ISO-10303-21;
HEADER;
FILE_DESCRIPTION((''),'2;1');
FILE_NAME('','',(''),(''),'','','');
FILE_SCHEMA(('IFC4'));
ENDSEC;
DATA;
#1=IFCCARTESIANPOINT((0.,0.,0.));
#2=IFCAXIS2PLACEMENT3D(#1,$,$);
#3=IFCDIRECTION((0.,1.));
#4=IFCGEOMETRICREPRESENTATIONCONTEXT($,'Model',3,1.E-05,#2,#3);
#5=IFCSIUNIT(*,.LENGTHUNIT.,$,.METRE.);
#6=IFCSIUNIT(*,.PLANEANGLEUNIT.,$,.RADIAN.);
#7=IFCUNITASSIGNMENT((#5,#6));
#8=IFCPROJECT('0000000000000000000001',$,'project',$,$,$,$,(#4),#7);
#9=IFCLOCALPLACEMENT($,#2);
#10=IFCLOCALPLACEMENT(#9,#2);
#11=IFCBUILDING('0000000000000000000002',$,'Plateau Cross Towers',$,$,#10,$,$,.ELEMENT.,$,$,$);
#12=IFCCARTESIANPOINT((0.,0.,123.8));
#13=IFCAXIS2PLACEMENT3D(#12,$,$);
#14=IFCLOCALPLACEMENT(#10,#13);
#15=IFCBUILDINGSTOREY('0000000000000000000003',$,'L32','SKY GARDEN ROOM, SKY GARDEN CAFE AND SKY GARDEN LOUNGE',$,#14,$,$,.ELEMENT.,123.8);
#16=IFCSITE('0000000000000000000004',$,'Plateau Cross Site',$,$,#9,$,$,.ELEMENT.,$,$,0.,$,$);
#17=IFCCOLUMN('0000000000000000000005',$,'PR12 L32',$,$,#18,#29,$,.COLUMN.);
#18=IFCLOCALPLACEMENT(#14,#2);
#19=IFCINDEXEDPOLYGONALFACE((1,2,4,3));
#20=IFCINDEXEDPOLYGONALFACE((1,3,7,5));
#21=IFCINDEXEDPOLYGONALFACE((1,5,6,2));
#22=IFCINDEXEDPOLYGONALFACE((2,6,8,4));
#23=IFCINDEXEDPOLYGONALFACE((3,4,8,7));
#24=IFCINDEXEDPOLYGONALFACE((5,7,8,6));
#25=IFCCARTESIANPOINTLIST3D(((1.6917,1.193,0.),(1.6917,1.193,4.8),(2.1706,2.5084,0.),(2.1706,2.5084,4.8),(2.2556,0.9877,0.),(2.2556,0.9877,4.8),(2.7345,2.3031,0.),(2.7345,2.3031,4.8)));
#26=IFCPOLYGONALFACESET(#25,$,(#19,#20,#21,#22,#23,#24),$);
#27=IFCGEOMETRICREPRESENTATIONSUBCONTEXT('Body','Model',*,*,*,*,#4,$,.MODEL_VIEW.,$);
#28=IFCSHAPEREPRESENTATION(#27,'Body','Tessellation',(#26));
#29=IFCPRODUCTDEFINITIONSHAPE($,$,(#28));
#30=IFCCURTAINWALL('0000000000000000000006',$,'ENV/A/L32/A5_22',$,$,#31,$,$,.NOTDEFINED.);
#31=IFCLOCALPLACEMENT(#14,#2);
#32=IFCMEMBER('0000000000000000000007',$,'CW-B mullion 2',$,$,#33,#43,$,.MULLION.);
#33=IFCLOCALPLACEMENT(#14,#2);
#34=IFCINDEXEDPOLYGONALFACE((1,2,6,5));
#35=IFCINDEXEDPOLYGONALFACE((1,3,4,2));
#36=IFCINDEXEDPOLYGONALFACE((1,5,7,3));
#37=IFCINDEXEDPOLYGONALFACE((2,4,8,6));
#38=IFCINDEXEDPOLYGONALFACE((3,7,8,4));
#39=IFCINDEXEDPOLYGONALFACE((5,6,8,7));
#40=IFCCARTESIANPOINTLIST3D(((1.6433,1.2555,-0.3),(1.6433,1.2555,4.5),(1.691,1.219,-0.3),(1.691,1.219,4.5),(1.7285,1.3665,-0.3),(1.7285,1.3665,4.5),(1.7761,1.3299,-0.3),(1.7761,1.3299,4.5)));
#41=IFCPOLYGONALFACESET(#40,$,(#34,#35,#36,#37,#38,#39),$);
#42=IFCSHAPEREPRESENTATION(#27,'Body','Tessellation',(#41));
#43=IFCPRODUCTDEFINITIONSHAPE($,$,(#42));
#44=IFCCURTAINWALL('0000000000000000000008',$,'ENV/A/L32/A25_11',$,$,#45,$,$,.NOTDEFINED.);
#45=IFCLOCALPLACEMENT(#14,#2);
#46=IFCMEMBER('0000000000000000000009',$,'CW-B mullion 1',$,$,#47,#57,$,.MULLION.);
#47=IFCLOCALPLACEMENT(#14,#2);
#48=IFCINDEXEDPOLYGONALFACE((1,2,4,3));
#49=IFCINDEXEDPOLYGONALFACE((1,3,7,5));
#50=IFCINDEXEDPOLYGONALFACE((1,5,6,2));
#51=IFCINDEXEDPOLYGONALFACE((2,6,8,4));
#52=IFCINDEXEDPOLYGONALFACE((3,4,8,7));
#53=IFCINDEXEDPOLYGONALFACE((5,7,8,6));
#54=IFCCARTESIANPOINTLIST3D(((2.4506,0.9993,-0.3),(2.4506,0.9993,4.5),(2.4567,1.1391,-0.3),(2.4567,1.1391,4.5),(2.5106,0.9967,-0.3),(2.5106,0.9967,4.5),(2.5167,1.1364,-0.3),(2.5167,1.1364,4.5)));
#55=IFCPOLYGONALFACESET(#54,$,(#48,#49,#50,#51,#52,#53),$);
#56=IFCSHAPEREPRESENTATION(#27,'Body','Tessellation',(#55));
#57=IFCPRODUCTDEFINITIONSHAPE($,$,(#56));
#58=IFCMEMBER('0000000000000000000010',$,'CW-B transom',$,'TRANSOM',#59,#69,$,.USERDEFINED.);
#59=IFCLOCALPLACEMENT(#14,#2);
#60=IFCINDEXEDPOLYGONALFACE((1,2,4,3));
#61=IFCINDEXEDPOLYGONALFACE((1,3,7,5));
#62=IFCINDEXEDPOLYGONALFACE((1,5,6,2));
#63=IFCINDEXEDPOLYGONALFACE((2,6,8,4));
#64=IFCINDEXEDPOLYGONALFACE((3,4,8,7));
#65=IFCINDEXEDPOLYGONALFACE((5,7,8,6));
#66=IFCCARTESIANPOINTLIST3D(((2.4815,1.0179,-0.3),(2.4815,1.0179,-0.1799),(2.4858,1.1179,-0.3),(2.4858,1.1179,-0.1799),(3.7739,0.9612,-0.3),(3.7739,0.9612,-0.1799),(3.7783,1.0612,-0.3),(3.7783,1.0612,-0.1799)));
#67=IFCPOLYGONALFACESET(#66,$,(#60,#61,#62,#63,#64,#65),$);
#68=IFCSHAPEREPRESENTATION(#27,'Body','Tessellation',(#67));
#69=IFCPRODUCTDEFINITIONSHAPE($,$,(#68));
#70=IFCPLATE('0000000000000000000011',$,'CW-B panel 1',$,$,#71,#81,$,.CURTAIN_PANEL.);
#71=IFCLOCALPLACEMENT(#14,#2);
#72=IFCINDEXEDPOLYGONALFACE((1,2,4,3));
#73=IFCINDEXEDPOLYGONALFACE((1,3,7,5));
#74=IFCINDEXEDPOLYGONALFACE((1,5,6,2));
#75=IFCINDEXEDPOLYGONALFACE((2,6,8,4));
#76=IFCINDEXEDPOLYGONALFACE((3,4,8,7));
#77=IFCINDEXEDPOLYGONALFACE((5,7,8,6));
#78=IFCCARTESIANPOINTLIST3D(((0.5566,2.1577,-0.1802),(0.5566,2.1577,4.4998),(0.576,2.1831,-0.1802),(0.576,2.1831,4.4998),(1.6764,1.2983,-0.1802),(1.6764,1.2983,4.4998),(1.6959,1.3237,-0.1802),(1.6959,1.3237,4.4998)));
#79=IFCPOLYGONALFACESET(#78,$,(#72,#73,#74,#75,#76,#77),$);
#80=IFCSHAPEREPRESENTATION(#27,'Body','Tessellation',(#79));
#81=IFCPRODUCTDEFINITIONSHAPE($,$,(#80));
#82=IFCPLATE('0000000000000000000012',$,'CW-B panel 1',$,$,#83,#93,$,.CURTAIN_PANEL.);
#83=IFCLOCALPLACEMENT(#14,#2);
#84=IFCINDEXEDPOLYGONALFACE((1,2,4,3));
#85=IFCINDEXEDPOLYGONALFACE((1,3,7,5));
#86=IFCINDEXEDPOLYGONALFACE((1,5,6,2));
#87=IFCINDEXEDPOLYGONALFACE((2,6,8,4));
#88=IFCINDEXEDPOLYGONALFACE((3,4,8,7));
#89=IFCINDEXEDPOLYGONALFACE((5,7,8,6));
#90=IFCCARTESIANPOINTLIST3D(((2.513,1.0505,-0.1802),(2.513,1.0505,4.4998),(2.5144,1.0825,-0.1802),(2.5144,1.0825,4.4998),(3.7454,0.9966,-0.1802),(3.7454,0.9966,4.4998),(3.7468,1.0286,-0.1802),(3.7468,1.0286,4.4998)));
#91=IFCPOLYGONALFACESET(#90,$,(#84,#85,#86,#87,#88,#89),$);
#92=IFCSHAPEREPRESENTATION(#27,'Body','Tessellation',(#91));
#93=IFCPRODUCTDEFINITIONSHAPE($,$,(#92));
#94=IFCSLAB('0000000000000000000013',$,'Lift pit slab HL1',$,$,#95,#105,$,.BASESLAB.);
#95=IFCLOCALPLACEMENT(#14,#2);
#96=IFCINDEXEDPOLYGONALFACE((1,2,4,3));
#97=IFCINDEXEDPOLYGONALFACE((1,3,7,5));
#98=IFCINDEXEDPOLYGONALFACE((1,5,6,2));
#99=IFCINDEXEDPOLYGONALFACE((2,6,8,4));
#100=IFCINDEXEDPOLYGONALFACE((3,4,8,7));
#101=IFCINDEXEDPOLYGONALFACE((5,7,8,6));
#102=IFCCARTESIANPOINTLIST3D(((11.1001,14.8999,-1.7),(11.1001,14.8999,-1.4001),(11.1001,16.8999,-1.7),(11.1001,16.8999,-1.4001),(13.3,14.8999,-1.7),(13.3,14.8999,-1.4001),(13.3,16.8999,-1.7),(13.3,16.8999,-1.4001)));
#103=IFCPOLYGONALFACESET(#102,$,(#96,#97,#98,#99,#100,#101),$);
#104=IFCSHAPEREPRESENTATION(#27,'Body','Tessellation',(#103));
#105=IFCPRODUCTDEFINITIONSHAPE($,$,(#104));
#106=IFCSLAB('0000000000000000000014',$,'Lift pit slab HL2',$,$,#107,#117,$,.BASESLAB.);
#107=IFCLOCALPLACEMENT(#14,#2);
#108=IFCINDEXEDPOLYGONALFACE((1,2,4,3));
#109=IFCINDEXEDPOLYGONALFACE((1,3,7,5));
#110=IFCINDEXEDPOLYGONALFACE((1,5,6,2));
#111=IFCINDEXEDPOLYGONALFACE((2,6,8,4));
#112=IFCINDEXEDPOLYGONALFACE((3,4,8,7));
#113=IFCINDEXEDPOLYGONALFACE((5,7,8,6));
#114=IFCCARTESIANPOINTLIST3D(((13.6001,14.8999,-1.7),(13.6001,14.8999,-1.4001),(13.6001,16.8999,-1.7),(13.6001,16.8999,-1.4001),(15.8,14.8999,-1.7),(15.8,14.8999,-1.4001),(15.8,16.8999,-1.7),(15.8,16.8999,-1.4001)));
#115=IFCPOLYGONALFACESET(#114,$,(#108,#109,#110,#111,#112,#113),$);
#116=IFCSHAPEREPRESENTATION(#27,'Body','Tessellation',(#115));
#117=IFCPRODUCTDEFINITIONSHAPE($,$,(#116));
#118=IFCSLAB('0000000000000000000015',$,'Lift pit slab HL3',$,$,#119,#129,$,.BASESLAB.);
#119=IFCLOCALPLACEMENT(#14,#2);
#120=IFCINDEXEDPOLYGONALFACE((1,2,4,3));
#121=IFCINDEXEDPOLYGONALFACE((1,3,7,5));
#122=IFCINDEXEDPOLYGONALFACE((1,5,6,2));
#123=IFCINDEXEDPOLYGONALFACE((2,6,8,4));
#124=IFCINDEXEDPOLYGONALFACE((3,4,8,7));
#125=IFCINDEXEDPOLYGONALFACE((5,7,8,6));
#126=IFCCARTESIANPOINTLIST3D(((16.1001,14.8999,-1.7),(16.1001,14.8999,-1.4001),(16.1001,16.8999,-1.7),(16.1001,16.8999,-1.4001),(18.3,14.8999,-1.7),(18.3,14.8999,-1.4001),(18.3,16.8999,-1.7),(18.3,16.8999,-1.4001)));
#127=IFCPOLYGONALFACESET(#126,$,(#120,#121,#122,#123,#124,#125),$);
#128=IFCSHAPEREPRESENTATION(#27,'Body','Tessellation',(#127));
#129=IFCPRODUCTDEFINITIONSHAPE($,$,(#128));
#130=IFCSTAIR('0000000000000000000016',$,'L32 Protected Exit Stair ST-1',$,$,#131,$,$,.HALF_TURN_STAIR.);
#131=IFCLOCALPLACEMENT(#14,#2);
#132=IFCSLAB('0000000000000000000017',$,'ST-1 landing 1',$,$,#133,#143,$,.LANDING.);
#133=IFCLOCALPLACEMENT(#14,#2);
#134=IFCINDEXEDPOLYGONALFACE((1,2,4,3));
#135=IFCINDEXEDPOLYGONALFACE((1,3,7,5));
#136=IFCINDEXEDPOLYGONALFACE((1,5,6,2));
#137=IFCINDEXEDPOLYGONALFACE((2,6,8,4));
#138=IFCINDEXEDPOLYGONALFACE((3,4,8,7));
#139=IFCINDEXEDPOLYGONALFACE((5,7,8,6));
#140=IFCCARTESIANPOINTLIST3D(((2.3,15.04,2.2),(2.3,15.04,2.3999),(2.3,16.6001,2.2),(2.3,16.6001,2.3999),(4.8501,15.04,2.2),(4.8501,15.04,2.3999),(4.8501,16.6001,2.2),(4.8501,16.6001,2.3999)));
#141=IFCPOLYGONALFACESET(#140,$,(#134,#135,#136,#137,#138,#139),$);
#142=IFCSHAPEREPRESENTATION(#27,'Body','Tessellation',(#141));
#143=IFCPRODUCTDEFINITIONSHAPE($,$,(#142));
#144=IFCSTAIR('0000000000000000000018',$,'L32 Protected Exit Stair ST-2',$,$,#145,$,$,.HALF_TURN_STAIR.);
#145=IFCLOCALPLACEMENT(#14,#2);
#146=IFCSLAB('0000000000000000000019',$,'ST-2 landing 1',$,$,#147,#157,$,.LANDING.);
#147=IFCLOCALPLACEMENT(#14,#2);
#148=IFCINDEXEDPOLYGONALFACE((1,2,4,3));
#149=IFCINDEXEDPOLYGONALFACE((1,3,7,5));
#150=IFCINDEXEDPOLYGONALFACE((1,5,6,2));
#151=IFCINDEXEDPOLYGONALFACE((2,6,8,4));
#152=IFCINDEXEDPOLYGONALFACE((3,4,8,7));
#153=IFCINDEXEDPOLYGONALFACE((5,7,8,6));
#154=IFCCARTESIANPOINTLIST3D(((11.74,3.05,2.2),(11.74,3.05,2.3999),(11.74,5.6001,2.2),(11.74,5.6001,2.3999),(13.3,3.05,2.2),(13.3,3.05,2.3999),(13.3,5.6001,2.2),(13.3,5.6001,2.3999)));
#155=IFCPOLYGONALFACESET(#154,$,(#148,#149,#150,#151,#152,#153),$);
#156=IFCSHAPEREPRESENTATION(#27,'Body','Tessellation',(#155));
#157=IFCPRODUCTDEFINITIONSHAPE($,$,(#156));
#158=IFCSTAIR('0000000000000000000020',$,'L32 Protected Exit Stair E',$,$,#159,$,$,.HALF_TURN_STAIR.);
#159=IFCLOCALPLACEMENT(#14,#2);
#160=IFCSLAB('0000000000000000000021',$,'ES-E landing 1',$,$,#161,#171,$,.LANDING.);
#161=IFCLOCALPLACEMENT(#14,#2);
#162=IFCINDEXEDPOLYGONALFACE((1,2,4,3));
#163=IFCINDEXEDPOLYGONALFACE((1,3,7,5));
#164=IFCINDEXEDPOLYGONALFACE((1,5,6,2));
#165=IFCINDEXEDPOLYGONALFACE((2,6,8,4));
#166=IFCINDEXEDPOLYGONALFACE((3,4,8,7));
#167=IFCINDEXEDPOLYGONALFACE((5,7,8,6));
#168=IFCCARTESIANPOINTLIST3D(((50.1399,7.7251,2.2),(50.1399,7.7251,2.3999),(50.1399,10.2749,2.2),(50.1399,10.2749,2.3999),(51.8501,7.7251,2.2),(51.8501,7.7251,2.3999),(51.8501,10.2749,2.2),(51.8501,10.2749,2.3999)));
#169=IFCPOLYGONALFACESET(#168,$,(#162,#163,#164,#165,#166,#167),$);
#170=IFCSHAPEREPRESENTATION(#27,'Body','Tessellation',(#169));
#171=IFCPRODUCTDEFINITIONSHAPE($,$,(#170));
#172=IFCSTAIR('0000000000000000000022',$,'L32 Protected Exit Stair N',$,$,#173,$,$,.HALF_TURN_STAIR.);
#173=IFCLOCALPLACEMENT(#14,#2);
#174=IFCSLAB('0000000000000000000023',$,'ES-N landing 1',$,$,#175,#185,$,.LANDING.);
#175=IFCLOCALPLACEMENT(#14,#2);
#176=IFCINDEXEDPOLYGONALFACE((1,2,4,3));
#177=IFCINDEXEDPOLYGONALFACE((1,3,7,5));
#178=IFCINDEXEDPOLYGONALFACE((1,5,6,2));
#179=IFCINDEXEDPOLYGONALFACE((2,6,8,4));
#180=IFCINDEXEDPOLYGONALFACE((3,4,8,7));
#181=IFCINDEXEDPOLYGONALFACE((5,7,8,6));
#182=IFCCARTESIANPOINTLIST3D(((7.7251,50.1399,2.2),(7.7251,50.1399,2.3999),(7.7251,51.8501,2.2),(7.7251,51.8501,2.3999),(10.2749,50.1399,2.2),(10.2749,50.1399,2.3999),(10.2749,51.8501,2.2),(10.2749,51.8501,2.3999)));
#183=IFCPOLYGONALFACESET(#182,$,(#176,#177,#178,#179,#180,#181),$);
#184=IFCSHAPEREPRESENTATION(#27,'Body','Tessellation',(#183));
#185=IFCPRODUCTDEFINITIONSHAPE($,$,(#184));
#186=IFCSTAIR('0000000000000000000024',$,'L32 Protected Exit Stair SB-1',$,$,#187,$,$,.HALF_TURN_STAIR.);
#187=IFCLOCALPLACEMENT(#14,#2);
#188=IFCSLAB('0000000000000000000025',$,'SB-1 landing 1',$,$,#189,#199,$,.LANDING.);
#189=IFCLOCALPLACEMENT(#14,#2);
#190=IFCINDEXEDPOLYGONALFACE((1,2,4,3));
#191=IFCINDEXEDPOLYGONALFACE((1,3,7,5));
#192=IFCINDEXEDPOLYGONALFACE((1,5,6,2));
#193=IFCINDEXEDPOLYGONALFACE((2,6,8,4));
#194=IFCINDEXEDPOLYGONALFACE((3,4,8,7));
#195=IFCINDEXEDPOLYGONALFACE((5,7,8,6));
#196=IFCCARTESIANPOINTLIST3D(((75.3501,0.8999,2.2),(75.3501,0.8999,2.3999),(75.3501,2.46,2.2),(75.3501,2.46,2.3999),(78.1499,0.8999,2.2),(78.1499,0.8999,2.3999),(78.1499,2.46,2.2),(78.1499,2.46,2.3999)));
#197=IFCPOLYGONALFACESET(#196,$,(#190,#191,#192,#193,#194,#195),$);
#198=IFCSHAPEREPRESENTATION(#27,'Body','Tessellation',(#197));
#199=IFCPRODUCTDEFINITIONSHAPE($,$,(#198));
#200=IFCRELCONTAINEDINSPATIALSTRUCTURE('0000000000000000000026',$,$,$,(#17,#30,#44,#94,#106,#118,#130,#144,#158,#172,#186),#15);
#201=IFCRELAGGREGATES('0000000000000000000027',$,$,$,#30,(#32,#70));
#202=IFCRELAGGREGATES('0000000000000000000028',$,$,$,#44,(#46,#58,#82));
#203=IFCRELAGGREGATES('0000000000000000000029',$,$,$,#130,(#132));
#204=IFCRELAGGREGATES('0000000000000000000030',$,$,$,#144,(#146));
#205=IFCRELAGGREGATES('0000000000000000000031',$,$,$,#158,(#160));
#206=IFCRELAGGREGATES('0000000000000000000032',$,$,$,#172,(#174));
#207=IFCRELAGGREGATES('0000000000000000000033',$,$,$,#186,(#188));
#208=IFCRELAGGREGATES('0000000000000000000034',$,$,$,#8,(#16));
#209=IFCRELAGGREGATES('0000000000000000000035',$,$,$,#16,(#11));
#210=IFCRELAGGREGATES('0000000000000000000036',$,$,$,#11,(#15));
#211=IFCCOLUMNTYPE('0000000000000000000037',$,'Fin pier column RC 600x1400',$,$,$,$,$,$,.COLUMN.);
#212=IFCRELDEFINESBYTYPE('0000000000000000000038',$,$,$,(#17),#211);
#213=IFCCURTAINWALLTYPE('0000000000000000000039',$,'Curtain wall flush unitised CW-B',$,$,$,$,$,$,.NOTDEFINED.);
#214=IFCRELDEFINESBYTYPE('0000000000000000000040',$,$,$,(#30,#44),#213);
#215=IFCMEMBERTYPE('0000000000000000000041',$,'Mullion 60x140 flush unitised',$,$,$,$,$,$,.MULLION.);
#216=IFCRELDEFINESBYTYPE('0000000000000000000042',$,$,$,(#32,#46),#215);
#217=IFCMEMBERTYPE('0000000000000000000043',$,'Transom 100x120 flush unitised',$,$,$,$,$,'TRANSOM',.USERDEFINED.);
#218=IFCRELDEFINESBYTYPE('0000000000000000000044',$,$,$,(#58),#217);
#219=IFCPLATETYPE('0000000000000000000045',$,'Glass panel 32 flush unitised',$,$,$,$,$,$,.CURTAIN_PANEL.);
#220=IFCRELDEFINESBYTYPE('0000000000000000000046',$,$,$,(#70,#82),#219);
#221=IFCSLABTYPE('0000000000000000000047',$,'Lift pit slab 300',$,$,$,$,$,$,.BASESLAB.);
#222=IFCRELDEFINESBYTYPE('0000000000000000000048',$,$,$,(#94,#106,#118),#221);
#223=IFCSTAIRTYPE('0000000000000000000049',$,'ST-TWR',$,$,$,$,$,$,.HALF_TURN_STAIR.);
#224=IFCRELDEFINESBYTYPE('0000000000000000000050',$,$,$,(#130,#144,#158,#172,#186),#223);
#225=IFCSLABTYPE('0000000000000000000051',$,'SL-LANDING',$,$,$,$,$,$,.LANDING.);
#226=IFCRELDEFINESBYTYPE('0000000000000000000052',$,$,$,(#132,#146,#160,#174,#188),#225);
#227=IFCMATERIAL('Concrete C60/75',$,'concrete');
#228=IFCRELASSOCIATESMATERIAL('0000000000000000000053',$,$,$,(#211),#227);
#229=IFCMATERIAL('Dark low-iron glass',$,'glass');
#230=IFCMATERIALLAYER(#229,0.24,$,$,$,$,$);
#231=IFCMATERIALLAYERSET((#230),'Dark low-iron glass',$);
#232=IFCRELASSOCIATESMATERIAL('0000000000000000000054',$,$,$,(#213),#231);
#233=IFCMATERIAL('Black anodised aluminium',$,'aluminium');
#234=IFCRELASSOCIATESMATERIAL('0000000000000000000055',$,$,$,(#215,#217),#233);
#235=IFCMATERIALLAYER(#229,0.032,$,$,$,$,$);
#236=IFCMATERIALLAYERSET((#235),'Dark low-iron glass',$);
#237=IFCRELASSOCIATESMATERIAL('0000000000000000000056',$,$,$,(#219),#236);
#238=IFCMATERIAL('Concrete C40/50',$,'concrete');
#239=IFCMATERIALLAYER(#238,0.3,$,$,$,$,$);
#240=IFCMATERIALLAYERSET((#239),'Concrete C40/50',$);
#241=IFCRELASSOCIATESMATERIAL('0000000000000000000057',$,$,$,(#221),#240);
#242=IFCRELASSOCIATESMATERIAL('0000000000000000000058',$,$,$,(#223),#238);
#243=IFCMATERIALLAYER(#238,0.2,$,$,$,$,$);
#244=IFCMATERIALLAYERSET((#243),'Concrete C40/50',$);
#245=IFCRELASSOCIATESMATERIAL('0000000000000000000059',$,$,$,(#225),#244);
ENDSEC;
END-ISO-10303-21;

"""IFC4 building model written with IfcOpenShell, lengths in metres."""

from ifc_helpers import new_model, si_unit, direction, frame, origin, origin_2d, place, context, subcontext, project, spatial, polyline, rectangle, outline, extrude, material, layer, layer_set, material_profile, profile_set, type_object, element, aggregate, save


model = new_model("IFC4")

# Units and contexts
model_context = context("Model", 3, precision=1e-05, world=origin(), true_north=direction((0.0, 1.0)))
body_context = subcontext(model_context, "Body", "Model", "MODEL_VIEW")
ifc_project = project(units=[si_unit("LENGTHUNIT", "METRE"), si_unit("PLANEANGLEUNIT", "RADIAN")], contexts=[model_context])

# Site, building, storey
site_placement = place(None, origin())
site = spatial("IfcSite", under=ifc_project, at=site_placement, Name="Plateau Cross Site", CompositionType="ELEMENT", RefElevation=0.0)
building_placement = place(site_placement, origin())
building = spatial("IfcBuilding", under=site, at=building_placement, Name="Plateau Cross Towers", CompositionType="ELEMENT")
storey_placement = place(building_placement, frame((0.0, 0.0, 123.8)))
storey = spatial("IfcBuildingStorey", under=building, at=storey_placement, Name="L32", Description="SKY GARDEN ROOM, SKY GARDEN CAFE AND SKY GARDEN LOUNGE", CompositionType="ELEMENT", Elevation=123.8)

# Column
ifc_material_1 = material(Name="Concrete C60/75", Category="concrete")
ifc_material_profile_1 = material_profile(ifc_material_1, rectangle(XDim=0.6001, YDim=1.3999, at=origin_2d()), Name="RC 600x1400")
ifc_profile_set_1 = profile_set([ifc_material_profile_1], Name="Concrete C60/75")
column_type = type_object("IfcColumnType", Name="Fin pier column RC 600x1400", PredefinedType="COLUMN", material=ifc_profile_set_1)
column_placement = place(storey_placement, frame((2.2131, 1.748, 0.0), z_axis=(0.0, 0.0, 1.0), x_axis=(-0.939664, 0.342098, 0.0)))
element("IfcColumn", 1, at=column_placement, inside=storey, type_object=column_type, Name="PR12 L32", PredefinedType="COLUMN", context=body_context, shape_type="SweptSolid", body=[
    extrude(rectangle(XDim=0.6001, YDim=1.3999, at=origin_2d()), origin(), (0.0, 0.0, 1.0), 4.8),
])

# Curtain wall, member
ifc_material_2 = material(Name="Dark low-iron glass", Category="glass")
ifc_layer_1 = layer(ifc_material_2, 0.24)
ifc_layer_set_1 = layer_set([ifc_layer_1], Name="Dark low-iron glass")
curtain_wall_type = type_object("IfcCurtainWallType", Name="Curtain wall flush unitised CW-B", PredefinedType="NOTDEFINED", material=ifc_layer_set_1)
curtain_wall_1_placement = place(storey_placement, origin())
curtain_wall_1 = element("IfcCurtainWall", 2, at=curtain_wall_1_placement, inside=storey, type_object=curtain_wall_type, Name="ENV/A/L32/A5_22", PredefinedType="NOTDEFINED")
ifc_material_3 = material(Name="Black anodised aluminium", Category="aluminium")
ifc_material_profile_2 = material_profile(ifc_material_3, rectangle(XDim=0.0601, YDim=0.1399, at=origin_2d()), Name="MULLION 60x140")
ifc_profile_set_2 = profile_set([ifc_material_profile_2], Name="Black anodised aluminium")
member_type_1 = type_object("IfcMemberType", Name="Mullion 60x140 flush unitised", PredefinedType="MULLION", material=ifc_profile_set_2)
member_1_placement = place(storey_placement, frame((1.7097, 1.2927, -0.3), z_axis=(0.0, 0.0, 1.0), x_axis=(0.793316, -0.608811, 0.0)))
member_1 = element("IfcMember", 3, at=member_1_placement, type_object=member_type_1, Name="CW-B mullion 2", PredefinedType="MULLION", context=body_context, shape_type="SweptSolid", body=[
    extrude(rectangle(XDim=0.0601, YDim=0.1399, at=origin_2d()), origin(), (0.0, 0.0, 1.0), 4.8),
])

# Curtain wall, members
curtain_wall_2_placement = place(storey_placement, origin())
curtain_wall_2 = element("IfcCurtainWall", 4, at=curtain_wall_2_placement, inside=storey, type_object=curtain_wall_type, Name="ENV/A/L32/A25_11", PredefinedType="NOTDEFINED")
member_2_placement = place(storey_placement, frame((2.4836, 1.0679, -0.3), z_axis=(0.0, 0.0, 1.0), x_axis=(0.999044, -0.043723, 0.0)))
member_2 = element("IfcMember", 5, at=member_2_placement, type_object=member_type_1, Name="CW-B mullion 1", PredefinedType="MULLION", context=body_context, shape_type="SweptSolid", body=[
    extrude(rectangle(XDim=0.0601, YDim=0.1399, at=origin_2d()), origin(), (0.0, 0.0, 1.0), 4.8),
])
ifc_material_profile_3 = material_profile(ifc_material_3, rectangle(XDim=0.1001, YDim=0.1201, at=origin_2d()), Name="TRANSOM 100x120")
ifc_profile_set_3 = profile_set([ifc_material_profile_3], Name="Black anodised aluminium")
member_type_2 = type_object("IfcMemberType", Name="Transom 100x120 flush unitised", ElementType="TRANSOM", PredefinedType="USERDEFINED", material=ifc_profile_set_3)
member_3_placement = place(storey_placement, frame((2.4836, 1.0679, -0.24), z_axis=(0.999041, -0.043781, 0.0), x_axis=(0.043781, 0.999041, 0.0)))
member_3 = element("IfcMember", 6, at=member_3_placement, type_object=member_type_2, Name="CW-B transom", ObjectType="TRANSOM", PredefinedType="USERDEFINED", context=body_context, shape_type="SweptSolid", body=[
    extrude(rectangle(XDim=0.1001, YDim=0.1201, at=origin_2d()), origin(), (0.0, 0.0, 1.0), 1.2937),
])

# Plates
ifc_layer_2 = layer(ifc_material_2, 0.032)
ifc_layer_set_2 = layer_set([ifc_layer_2], Name="Dark low-iron glass")
plate_type = type_object("IfcPlateType", Name="Glass panel 32 flush unitised", PredefinedType="CURTAIN_PANEL", material=ifc_layer_set_2)
plate_1_placement = place(storey_placement, frame((1.1262, 1.7407, -0.1802), z_axis=(0.0, 0.0, 1.0), x_axis=(0.793316, -0.608811, 0.0)))
plate_1 = element("IfcPlate", 7, at=plate_1_placement, type_object=plate_type, Name="CW-B panel 1", PredefinedType="CURTAIN_PANEL", context=body_context, shape_type="SweptSolid", body=[
    extrude(rectangle(XDim=1.4116, YDim=0.032, at=origin_2d()), origin(), (0.0, 0.0, 1.0), 4.6799),
])
aggregate(curtain_wall_1, [member_1, plate_1])
plate_2_placement = place(storey_placement, frame((3.1299, 1.0396, -0.1802), z_axis=(0.0, 0.0, 1.0), x_axis=(0.999044, -0.043723, 0.0)))
plate_2 = element("IfcPlate", 8, at=plate_2_placement, type_object=plate_type, Name="CW-B panel 1", PredefinedType="CURTAIN_PANEL", context=body_context, shape_type="SweptSolid", body=[
    extrude(rectangle(XDim=1.2336, YDim=0.032, at=origin_2d()), origin(), (0.0, 0.0, 1.0), 4.6799),
])
aggregate(curtain_wall_2, [member_2, member_3, plate_2])

# Slabs
ifc_material_4 = material(Name="Concrete C40/50", Category="concrete")
ifc_layer_3 = layer(ifc_material_4, 0.3)
ifc_layer_set_3 = layer_set([ifc_layer_3], Name="Concrete C40/50")
slab_type_1 = type_object("IfcSlabType", Name="Lift pit slab 300", PredefinedType="BASESLAB", material=ifc_layer_set_3)
slab_1_placement = place(storey_placement, frame((0.0, 0.0, -1.7)))
element("IfcSlab", 9, at=slab_1_placement, inside=storey, type_object=slab_type_1, Name="Lift pit slab HL1", PredefinedType="BASESLAB", context=body_context, shape_type="SweptSolid", body=[
    extrude(outline(polyline([(11.1001, 14.8999), (13.3, 14.8999), (13.3, 16.8999), (11.1001, 16.8999), (11.1001, 14.8999)])), origin(), (0.0, 0.0, 1.0), 0.2998),
])
slab_2_placement = place(storey_placement, frame((0.0, 0.0, -1.7)))
element("IfcSlab", 10, at=slab_2_placement, inside=storey, type_object=slab_type_1, Name="Lift pit slab HL2", PredefinedType="BASESLAB", context=body_context, shape_type="SweptSolid", body=[
    extrude(outline(polyline([(13.6001, 14.8999), (15.8, 14.8999), (15.8, 16.8999), (13.6001, 16.8999), (13.6001, 14.8999)])), origin(), (0.0, 0.0, 1.0), 0.2998),
])
slab_3_placement = place(storey_placement, frame((0.0, 0.0, -1.7)))
element("IfcSlab", 11, at=slab_3_placement, inside=storey, type_object=slab_type_1, Name="Lift pit slab HL3", PredefinedType="BASESLAB", context=body_context, shape_type="SweptSolid", body=[
    extrude(outline(polyline([(16.1001, 14.8999), (18.3, 14.8999), (18.3, 16.8999), (16.1001, 16.8999), (16.1001, 14.8999)])), origin(), (0.0, 0.0, 1.0), 0.2998),
])

# Stairs, slabs
stair_type = type_object("IfcStairType", Name="ST-TWR", PredefinedType="HALF_TURN_STAIR", material=ifc_material_4)
stair_1_placement = place(storey_placement, origin())
stair_1 = element("IfcStair", 12, at=stair_1_placement, inside=storey, type_object=stair_type, Name="L32 Protected Exit Stair ST-1", PredefinedType="HALF_TURN_STAIR")
ifc_layer_4 = layer(ifc_material_4, 0.2)
ifc_layer_set_4 = layer_set([ifc_layer_4], Name="Concrete C40/50")
slab_type_2 = type_object("IfcSlabType", Name="SL-LANDING", PredefinedType="LANDING", material=ifc_layer_set_4)
slab_4_placement = place(storey_placement, frame((0.0, 0.0, 2.2)))
slab_4 = element("IfcSlab", 13, at=slab_4_placement, type_object=slab_type_2, Name="ST-1 landing 1", PredefinedType="LANDING", context=body_context, shape_type="SweptSolid", body=[
    extrude(outline(polyline([(4.8501, 15.04), (4.8501, 16.6001), (2.3, 16.6001), (2.3, 15.04), (4.8501, 15.04)])), origin(), (0.0, 0.0, 1.0), 0.2),
])
aggregate(stair_1, [slab_4])
stair_2_placement = place(storey_placement, origin())
stair_2 = element("IfcStair", 14, at=stair_2_placement, inside=storey, type_object=stair_type, Name="L32 Protected Exit Stair ST-2", PredefinedType="HALF_TURN_STAIR")
slab_5_placement = place(storey_placement, frame((0.0, 0.0, 2.2)))
slab_5 = element("IfcSlab", 15, at=slab_5_placement, type_object=slab_type_2, Name="ST-2 landing 1", PredefinedType="LANDING", context=body_context, shape_type="SweptSolid", body=[
    extrude(outline(polyline([(11.74, 3.05), (13.3, 3.05), (13.3, 5.6001), (11.74, 5.6001), (11.74, 3.05)])), origin(), (0.0, 0.0, 1.0), 0.2),
])
aggregate(stair_2, [slab_5])
stair_3_placement = place(storey_placement, origin())
stair_3 = element("IfcStair", 16, at=stair_3_placement, inside=storey, type_object=stair_type, Name="L32 Protected Exit Stair E", PredefinedType="HALF_TURN_STAIR")
slab_6_placement = place(storey_placement, frame((0.0, 0.0, 2.2)))
slab_6 = element("IfcSlab", 17, at=slab_6_placement, type_object=slab_type_2, Name="ES-E landing 1", PredefinedType="LANDING", context=body_context, shape_type="SweptSolid", body=[
    extrude(outline(polyline([(50.1399, 7.7251), (51.8501, 7.7251), (51.8501, 10.2749), (50.1399, 10.2749), (50.1399, 7.7251)])), origin(), (0.0, 0.0, 1.0), 0.2),
])
aggregate(stair_3, [slab_6])
stair_4_placement = place(storey_placement, origin())
stair_4 = element("IfcStair", 18, at=stair_4_placement, inside=storey, type_object=stair_type, Name="L32 Protected Exit Stair N", PredefinedType="HALF_TURN_STAIR")
slab_7_placement = place(storey_placement, frame((0.0, 0.0, 2.2)))
slab_7 = element("IfcSlab", 19, at=slab_7_placement, type_object=slab_type_2, Name="ES-N landing 1", PredefinedType="LANDING", context=body_context, shape_type="SweptSolid", body=[
    extrude(outline(polyline([(10.2749, 50.1399), (10.2749, 51.8501), (7.7251, 51.8501), (7.7251, 50.1399), (10.2749, 50.1399)])), origin(), (0.0, 0.0, 1.0), 0.2),
])
aggregate(stair_4, [slab_7])
stair_5_placement = place(storey_placement, origin())
stair_5 = element("IfcStair", 20, at=stair_5_placement, inside=storey, type_object=stair_type, Name="L32 Protected Exit Stair SB-1", PredefinedType="HALF_TURN_STAIR")
slab_8_placement = place(storey_placement, frame((0.0, 0.0, 2.2)))
slab_8 = element("IfcSlab", 21, at=slab_8_placement, type_object=slab_type_2, Name="SB-1 landing 1", PredefinedType="LANDING", context=body_context, shape_type="SweptSolid", body=[
    extrude(outline(polyline([(75.3501, 2.46), (75.3501, 0.8999), (78.1499, 0.8999), (78.1499, 2.46), (75.3501, 2.46)])), origin(), (0.0, 0.0, 1.0), 0.2),
])
aggregate(stair_5, [slab_8])

save(model, "model.ifc")
